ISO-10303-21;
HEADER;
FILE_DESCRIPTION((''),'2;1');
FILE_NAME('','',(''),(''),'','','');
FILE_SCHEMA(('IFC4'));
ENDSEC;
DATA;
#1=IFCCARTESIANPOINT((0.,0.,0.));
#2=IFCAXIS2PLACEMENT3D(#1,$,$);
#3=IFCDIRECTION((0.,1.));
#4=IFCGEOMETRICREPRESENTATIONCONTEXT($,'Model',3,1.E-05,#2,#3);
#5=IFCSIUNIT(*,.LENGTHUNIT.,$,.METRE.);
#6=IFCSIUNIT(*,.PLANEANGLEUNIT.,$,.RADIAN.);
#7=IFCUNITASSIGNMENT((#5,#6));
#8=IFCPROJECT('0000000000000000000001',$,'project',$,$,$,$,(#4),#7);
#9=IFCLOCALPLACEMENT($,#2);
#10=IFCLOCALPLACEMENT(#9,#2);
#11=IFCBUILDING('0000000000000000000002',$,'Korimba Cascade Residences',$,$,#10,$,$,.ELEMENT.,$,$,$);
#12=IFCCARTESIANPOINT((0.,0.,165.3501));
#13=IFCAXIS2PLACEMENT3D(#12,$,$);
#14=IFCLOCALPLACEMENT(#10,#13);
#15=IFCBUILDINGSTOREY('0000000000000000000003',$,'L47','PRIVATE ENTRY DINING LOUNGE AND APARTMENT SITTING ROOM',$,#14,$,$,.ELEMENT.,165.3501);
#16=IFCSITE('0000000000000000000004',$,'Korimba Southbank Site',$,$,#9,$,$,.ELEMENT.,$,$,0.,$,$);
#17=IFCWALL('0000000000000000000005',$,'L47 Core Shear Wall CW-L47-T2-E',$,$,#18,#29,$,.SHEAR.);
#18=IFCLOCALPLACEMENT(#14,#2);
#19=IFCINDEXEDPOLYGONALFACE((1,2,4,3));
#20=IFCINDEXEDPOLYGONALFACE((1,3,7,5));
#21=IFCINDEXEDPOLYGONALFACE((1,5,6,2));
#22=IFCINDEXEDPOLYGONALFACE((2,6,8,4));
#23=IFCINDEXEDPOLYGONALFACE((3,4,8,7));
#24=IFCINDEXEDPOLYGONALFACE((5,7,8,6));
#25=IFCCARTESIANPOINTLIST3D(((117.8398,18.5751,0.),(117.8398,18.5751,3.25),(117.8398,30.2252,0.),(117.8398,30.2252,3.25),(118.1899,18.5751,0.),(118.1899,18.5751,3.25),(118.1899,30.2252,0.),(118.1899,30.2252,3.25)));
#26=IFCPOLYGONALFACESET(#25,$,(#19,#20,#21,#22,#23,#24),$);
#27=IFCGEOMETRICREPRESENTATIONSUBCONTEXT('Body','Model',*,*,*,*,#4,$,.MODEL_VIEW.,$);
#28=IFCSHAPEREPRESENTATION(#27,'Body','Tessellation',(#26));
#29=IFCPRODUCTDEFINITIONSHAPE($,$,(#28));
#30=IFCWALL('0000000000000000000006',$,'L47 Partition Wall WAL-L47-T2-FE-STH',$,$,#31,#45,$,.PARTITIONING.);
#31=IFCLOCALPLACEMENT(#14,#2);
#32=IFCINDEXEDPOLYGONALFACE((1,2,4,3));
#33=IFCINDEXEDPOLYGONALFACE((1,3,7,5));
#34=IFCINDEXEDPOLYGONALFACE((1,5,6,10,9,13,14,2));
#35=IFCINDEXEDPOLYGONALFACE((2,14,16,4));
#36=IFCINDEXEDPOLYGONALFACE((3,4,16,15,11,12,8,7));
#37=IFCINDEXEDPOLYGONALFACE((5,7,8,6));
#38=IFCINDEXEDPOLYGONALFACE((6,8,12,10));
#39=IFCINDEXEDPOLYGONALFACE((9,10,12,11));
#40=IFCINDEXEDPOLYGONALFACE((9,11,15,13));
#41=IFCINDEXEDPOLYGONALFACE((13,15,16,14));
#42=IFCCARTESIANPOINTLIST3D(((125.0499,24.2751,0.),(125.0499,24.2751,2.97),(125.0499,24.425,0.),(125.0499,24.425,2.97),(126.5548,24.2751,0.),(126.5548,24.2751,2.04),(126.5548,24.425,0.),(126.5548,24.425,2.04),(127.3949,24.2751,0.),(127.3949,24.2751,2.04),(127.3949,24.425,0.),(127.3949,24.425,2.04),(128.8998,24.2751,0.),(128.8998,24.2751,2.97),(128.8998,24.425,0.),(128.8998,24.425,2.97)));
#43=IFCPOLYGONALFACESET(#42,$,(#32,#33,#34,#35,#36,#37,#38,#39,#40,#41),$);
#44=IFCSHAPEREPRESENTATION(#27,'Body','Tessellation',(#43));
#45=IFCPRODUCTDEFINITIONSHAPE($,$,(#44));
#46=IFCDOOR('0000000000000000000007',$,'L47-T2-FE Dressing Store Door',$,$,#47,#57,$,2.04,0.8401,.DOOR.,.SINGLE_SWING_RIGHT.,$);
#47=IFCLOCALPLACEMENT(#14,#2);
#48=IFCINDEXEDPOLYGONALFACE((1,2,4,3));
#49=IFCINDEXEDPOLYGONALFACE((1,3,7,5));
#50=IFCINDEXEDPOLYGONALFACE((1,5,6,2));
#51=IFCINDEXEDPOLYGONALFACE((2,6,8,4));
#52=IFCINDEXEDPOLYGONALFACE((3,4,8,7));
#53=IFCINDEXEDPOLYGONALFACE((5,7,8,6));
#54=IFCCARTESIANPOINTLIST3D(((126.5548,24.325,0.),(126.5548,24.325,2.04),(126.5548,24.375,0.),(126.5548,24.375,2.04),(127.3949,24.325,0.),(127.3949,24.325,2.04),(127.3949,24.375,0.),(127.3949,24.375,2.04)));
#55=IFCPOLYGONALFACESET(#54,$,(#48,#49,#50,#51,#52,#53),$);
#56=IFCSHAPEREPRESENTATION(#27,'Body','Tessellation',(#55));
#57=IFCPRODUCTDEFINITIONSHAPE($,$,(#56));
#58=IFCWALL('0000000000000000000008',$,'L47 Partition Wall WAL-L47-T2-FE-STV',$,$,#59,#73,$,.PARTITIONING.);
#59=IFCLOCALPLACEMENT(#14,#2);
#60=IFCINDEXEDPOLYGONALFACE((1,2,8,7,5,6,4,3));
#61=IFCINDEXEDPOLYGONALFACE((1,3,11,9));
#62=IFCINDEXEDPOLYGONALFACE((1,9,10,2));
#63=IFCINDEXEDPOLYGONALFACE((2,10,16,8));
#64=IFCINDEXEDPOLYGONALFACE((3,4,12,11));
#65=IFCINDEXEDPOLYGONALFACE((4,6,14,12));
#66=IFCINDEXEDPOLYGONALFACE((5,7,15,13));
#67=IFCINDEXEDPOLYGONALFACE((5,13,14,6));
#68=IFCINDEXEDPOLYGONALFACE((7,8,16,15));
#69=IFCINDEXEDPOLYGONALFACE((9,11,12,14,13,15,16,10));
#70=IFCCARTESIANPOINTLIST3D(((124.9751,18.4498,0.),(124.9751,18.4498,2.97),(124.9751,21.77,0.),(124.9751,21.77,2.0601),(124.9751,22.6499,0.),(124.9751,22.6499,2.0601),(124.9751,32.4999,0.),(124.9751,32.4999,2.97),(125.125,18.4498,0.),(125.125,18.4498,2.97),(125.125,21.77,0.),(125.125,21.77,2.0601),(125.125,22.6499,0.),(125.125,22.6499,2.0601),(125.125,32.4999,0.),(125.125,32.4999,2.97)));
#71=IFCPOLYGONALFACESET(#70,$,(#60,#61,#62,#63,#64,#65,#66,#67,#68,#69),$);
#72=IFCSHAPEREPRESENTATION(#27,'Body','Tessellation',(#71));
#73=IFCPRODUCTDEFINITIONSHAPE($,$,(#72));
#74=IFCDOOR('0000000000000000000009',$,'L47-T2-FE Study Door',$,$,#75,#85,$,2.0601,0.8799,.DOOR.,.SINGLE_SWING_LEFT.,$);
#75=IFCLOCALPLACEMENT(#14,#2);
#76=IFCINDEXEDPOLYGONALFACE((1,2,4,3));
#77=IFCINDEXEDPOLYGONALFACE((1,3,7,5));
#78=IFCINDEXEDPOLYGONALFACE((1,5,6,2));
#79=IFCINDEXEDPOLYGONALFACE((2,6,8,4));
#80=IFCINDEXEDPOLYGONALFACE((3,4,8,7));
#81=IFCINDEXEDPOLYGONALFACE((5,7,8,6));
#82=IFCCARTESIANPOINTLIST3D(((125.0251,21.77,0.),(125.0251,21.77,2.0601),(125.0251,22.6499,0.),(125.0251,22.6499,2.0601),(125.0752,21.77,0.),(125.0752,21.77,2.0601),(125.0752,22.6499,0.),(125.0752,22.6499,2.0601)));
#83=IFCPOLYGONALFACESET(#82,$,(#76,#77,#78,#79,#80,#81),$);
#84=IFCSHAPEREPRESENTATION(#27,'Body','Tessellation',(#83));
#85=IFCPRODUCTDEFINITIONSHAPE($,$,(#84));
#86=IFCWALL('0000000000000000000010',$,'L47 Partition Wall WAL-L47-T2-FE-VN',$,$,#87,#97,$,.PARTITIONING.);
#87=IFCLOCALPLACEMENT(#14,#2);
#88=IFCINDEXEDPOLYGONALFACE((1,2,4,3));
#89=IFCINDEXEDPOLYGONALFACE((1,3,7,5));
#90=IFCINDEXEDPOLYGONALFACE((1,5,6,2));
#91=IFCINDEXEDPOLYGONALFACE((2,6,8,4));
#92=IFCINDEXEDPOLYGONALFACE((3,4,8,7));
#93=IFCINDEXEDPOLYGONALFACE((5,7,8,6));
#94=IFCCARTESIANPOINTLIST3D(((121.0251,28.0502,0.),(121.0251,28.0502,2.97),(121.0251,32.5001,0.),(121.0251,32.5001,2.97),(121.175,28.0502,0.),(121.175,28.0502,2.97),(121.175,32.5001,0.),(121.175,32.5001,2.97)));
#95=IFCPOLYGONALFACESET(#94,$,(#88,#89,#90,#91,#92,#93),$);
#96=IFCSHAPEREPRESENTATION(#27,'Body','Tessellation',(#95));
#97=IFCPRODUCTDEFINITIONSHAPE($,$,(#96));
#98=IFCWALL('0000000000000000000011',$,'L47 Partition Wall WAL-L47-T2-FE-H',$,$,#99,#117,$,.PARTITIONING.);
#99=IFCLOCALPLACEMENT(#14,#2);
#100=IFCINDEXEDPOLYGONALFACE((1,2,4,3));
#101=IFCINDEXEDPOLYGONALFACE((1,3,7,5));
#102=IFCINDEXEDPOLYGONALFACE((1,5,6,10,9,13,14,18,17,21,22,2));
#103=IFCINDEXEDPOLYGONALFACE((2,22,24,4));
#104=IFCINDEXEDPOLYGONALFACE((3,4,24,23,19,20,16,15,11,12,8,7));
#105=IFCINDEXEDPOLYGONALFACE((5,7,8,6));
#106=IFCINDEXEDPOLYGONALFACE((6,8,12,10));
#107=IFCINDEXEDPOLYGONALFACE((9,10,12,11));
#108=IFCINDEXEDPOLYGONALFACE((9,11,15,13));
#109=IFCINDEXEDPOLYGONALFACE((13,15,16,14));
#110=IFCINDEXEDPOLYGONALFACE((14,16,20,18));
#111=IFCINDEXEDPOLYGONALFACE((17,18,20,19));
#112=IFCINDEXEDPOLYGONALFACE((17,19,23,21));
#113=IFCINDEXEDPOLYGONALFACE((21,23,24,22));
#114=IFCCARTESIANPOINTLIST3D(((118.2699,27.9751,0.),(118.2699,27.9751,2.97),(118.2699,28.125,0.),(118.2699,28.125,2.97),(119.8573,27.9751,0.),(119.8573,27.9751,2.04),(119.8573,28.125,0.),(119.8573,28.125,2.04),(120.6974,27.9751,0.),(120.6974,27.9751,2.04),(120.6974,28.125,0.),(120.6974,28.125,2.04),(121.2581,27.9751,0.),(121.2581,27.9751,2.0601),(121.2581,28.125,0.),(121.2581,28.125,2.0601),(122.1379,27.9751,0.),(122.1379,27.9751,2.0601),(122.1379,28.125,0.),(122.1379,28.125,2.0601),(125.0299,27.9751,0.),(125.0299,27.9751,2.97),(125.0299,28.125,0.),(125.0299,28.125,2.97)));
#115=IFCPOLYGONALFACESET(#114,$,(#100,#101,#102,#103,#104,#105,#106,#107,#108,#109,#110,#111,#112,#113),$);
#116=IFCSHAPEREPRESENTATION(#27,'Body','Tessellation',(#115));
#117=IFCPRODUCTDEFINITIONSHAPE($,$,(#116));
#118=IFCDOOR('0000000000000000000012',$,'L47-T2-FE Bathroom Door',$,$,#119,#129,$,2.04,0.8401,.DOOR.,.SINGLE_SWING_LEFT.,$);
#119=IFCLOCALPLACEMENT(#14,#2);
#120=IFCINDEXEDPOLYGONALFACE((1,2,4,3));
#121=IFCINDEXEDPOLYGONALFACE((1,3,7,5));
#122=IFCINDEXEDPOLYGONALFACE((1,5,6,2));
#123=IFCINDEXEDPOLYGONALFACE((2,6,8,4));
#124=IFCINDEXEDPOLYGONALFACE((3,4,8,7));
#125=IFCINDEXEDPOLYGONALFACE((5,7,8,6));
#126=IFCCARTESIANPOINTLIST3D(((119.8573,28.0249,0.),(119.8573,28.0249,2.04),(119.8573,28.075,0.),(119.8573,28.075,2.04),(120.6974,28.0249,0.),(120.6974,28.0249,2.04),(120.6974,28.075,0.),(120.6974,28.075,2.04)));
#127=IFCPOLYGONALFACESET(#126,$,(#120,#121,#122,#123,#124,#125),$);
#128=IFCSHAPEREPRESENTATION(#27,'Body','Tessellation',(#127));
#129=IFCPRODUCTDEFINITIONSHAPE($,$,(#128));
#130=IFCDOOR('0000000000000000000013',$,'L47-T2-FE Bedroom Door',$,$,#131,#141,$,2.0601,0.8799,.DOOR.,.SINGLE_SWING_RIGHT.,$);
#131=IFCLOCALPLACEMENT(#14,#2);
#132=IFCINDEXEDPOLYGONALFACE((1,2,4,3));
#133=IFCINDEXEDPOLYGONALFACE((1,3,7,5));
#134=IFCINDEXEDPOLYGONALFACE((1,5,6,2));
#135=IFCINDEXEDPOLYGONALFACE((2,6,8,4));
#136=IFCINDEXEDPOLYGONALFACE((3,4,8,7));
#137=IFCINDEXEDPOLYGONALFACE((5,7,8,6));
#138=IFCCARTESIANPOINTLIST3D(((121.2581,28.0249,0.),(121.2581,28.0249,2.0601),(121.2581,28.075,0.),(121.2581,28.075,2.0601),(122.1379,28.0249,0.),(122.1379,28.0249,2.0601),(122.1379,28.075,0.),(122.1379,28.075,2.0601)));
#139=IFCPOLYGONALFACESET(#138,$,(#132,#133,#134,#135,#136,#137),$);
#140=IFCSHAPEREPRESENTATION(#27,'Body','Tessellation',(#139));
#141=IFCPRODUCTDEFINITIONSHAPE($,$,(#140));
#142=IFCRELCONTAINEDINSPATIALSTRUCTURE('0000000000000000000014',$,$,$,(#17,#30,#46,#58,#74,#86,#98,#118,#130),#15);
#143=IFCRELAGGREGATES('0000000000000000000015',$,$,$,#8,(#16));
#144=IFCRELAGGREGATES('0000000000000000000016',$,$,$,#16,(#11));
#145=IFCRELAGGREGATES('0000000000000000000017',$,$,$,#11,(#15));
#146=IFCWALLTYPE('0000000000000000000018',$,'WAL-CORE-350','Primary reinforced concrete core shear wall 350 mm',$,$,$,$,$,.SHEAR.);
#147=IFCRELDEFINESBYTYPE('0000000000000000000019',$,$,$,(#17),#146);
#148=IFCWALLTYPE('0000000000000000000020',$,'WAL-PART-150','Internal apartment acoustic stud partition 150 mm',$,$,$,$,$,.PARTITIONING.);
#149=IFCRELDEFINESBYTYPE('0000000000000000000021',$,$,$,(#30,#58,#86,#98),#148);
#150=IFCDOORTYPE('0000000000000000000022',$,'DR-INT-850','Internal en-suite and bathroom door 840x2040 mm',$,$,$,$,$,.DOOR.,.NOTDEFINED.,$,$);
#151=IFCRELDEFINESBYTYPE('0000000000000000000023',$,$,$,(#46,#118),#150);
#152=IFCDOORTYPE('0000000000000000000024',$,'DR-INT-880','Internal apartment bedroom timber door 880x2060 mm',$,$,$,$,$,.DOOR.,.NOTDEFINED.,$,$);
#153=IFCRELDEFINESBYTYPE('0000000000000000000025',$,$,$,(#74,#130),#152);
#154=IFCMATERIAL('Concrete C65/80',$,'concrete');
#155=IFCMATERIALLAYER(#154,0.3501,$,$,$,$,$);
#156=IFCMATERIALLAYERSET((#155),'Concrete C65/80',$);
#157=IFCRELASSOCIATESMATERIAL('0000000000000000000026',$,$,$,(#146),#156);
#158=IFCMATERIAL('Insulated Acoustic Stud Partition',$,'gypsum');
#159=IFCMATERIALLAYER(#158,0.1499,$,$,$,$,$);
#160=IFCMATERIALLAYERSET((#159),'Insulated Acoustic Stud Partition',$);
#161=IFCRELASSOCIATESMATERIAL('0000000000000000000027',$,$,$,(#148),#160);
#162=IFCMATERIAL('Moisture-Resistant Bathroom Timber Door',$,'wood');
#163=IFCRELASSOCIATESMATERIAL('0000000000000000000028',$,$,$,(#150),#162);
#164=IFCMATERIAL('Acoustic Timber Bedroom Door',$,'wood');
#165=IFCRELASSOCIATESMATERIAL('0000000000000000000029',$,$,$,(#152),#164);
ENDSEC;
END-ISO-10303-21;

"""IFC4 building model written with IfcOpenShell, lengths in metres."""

from ifc_helpers import new_model, si_unit, direction, frame, frame_2d, origin, place, context, subcontext, project, spatial, rectangle, extrude, material, layer, layer_set, type_object, element, fill, save


model = new_model("IFC4")

# Units and contexts
model_context = context("Model", 3, precision=1e-05, world=origin(), true_north=direction((0.0, 1.0)))
body_context = subcontext(model_context, "Body", "Model", "MODEL_VIEW")
ifc_project = project(units=[si_unit("LENGTHUNIT", "METRE"), si_unit("PLANEANGLEUNIT", "RADIAN")], contexts=[model_context])

# Site, building, storey
site_placement = place(None, origin())
site = spatial("IfcSite", under=ifc_project, at=site_placement, Name="Korimba Southbank Site", CompositionType="ELEMENT", RefElevation=0.0)
building_placement = place(site_placement, origin())
building = spatial("IfcBuilding", under=site, at=building_placement, Name="Korimba Cascade Residences", CompositionType="ELEMENT")
storey_placement = place(building_placement, frame((0.0, 0.0, 165.3501)))
storey = spatial("IfcBuildingStorey", under=building, at=storey_placement, Name="L47", Description="PRIVATE ENTRY DINING LOUNGE AND APARTMENT SITTING ROOM", CompositionType="ELEMENT", Elevation=165.3501)

# Wall
ifc_material_1 = material(Name="Concrete C65/80", Category="concrete")
ifc_layer_1 = layer(ifc_material_1, 0.3501)
ifc_layer_set_1 = layer_set([ifc_layer_1], Name="Concrete C65/80")
wall_type_1 = type_object("IfcWallType", Name="WAL-CORE-350", Description="Primary reinforced concrete core shear wall 350 mm", PredefinedType="SHEAR", material=ifc_layer_set_1)
wall_1_placement = place(storey_placement, frame((118.0149, 18.575, 0.0), z_axis=(0.0, 0.0, 1.0), x_axis=(0.0, 1.0, 0.0)))
element("IfcWall", 1, at=wall_1_placement, inside=storey, type_object=wall_type_1, Name="L47 Core Shear Wall CW-L47-T2-E", PredefinedType="SHEAR", context=body_context, shape_type="SweptSolid", body=[
    extrude(rectangle(XDim=11.6501, YDim=0.3501, at=frame_2d((5.8252, 0.0))), origin(), (0.0, 0.0, 1.0), 3.25),
])

# Walls, openings, doors
ifc_material_2 = material(Name="Insulated Acoustic Stud Partition", Category="gypsum")
ifc_layer_2 = layer(ifc_material_2, 0.1499)
ifc_layer_set_2 = layer_set([ifc_layer_2], Name="Insulated Acoustic Stud Partition")
wall_type_2 = type_object("IfcWallType", Name="WAL-PART-150", Description="Internal apartment acoustic stud partition 150 mm", PredefinedType="PARTITIONING", material=ifc_layer_set_2)
wall_2_placement = place(storey_placement, frame((125.05, 24.3501, 0.0), z_axis=(0.0, 0.0, 1.0), x_axis=(1.0, 0.0, 0.0)))
wall_2 = element("IfcWall", 2, at=wall_2_placement, inside=storey, type_object=wall_type_2, Name="L47 Partition Wall WAL-L47-T2-FE-STH", PredefinedType="PARTITIONING", context=body_context, shape_type="SweptSolid", body=[
    extrude(rectangle(XDim=3.8499, YDim=0.1499, at=frame_2d((1.9248, 0.0))), origin(), (0.0, 0.0, 1.0), 2.97),
])
opening_1_placement = place(wall_2_placement, frame((1.5049, 0.0, 0.0)))
opening_1 = element("IfcOpeningElement", 3, at=opening_1_placement, cuts=wall_2, PredefinedType="OPENING", context=body_context, shape_type="SweptSolid", body=[
    extrude(rectangle(XDim=0.8401, YDim=2.04, at=frame_2d((0.4199, 1.02))), frame((0.0, 0.085, 0.0), z_axis=(0.0, -1.0, 0.0), x_axis=(1.0, 0.0, 0.0)), (0.0, 0.0, 1.0), 0.1699),
])
ifc_material_3 = material(Name="Moisture-Resistant Bathroom Timber Door", Category="wood")
door_type_1 = type_object("IfcDoorType", Name="DR-INT-850", Description="Internal en-suite and bathroom door 840x2040 mm", OperationType="NOTDEFINED", PredefinedType="DOOR", material=ifc_material_3)
door_1_placement = place(opening_1_placement, origin())
door_1 = element("IfcDoor", 4, at=door_1_placement, inside=storey, type_object=door_type_1, Name="L47-T2-FE Dressing Store Door", OperationType="SINGLE_SWING_RIGHT", OverallHeight=2.04, OverallWidth=0.8401, PredefinedType="DOOR", context=body_context, shape_type="SweptSolid", body=[
    extrude(rectangle(XDim=0.8401, YDim=2.04, at=frame_2d((0.4199, 1.02))), frame((0.0, 0.0249, 0.0), z_axis=(0.0, -1.0, 0.0), x_axis=(1.0, 0.0, 0.0)), (0.0, 0.0, 1.0), 0.05),
])
fill(opening_1, door_1)
wall_3_placement = place(storey_placement, frame((125.05, 18.45, 0.0), z_axis=(0.0, 0.0, 1.0), x_axis=(0.0, 1.0, 0.0)))
wall_3 = element("IfcWall", 5, at=wall_3_placement, inside=storey, type_object=wall_type_2, Name="L47 Partition Wall WAL-L47-T2-FE-STV", PredefinedType="PARTITIONING", context=body_context, shape_type="SweptSolid", body=[
    extrude(rectangle(XDim=14.05, YDim=0.1499, at=frame_2d((7.0249, 0.0))), origin(), (0.0, 0.0, 1.0), 2.97),
])
opening_2_placement = place(wall_3_placement, frame((3.3201, 0.0, 0.0)))
opening_2 = element("IfcOpeningElement", 6, at=opening_2_placement, cuts=wall_3, PredefinedType="OPENING", context=body_context, shape_type="SweptSolid", body=[
    extrude(rectangle(XDim=0.8799, YDim=2.0601, at=frame_2d((0.4399, 1.03))), frame((0.0, 0.085, 0.0), z_axis=(0.0, -1.0, 0.0), x_axis=(1.0, 0.0, 0.0)), (0.0, 0.0, 1.0), 0.1699),
])
ifc_material_4 = material(Name="Acoustic Timber Bedroom Door", Category="wood")
door_type_2 = type_object("IfcDoorType", Name="DR-INT-880", Description="Internal apartment bedroom timber door 880x2060 mm", OperationType="NOTDEFINED", PredefinedType="DOOR", material=ifc_material_4)
door_2_placement = place(opening_2_placement, origin())
door_2 = element("IfcDoor", 7, at=door_2_placement, inside=storey, type_object=door_type_2, Name="L47-T2-FE Study Door", OperationType="SINGLE_SWING_LEFT", OverallHeight=2.0601, OverallWidth=0.8799, PredefinedType="DOOR", context=body_context, shape_type="SweptSolid", body=[
    extrude(rectangle(XDim=0.8799, YDim=2.0601, at=frame_2d((0.4399, 1.03))), frame((0.0, 0.0249, 0.0), z_axis=(0.0, -1.0, 0.0), x_axis=(1.0, 0.0, 0.0)), (0.0, 0.0, 1.0), 0.05),
])
fill(opening_2, door_2)

# Wall
wall_4_placement = place(storey_placement, frame((121.1001, 28.05, 0.0), z_axis=(0.0, 0.0, 1.0), x_axis=(0.0, 1.0, 0.0)))
element("IfcWall", 8, at=wall_4_placement, inside=storey, type_object=wall_type_2, Name="L47 Partition Wall WAL-L47-T2-FE-VN", PredefinedType="PARTITIONING", context=body_context, shape_type="SweptSolid", body=[
    extrude(rectangle(XDim=4.45, YDim=0.1499, at=frame_2d((2.2251, 0.0))), origin(), (0.0, 0.0, 1.0), 2.97),
])

# Wall, openings, doors
wall_5_placement = place(storey_placement, frame((118.27, 28.05, 0.0), z_axis=(0.0, 0.0, 1.0), x_axis=(1.0, 0.0, 0.0)))
wall_5 = element("IfcWall", 9, at=wall_5_placement, inside=storey, type_object=wall_type_2, Name="L47 Partition Wall WAL-L47-T2-FE-H", PredefinedType="PARTITIONING", context=body_context, shape_type="SweptSolid", body=[
    extrude(rectangle(XDim=6.76, YDim=0.1499, at=frame_2d((3.3799, 0.0))), origin(), (0.0, 0.0, 1.0), 2.97),
])
opening_3_placement = place(wall_5_placement, frame((1.5874, 0.0, 0.0)))
opening_3 = element("IfcOpeningElement", 10, at=opening_3_placement, cuts=wall_5, PredefinedType="OPENING", context=body_context, shape_type="SweptSolid", body=[
    extrude(rectangle(XDim=0.8401, YDim=2.04, at=frame_2d((0.4199, 1.02))), frame((0.0, 0.085, 0.0), z_axis=(0.0, -1.0, 0.0), x_axis=(1.0, 0.0, 0.0)), (0.0, 0.0, 1.0), 0.1699),
])
opening_4_placement = place(wall_5_placement, frame((2.988, 0.0, 0.0)))
opening_4 = element("IfcOpeningElement", 11, at=opening_4_placement, cuts=wall_5, PredefinedType="OPENING", context=body_context, shape_type="SweptSolid", body=[
    extrude(rectangle(XDim=0.8799, YDim=2.0601, at=frame_2d((0.4399, 1.03))), frame((0.0, 0.085, 0.0), z_axis=(0.0, -1.0, 0.0), x_axis=(1.0, 0.0, 0.0)), (0.0, 0.0, 1.0), 0.1699),
])
door_3_placement = place(opening_3_placement, origin())
door_3 = element("IfcDoor", 12, at=door_3_placement, inside=storey, type_object=door_type_1, Name="L47-T2-FE Bathroom Door", OperationType="SINGLE_SWING_LEFT", OverallHeight=2.04, OverallWidth=0.8401, PredefinedType="DOOR", context=body_context, shape_type="SweptSolid", body=[
    extrude(rectangle(XDim=0.8401, YDim=2.04, at=frame_2d((0.4199, 1.02))), frame((0.0, 0.0249, 0.0), z_axis=(0.0, -1.0, 0.0), x_axis=(1.0, 0.0, 0.0)), (0.0, 0.0, 1.0), 0.05),
])
fill(opening_3, door_3)
door_4_placement = place(opening_4_placement, origin())
door_4 = element("IfcDoor", 13, at=door_4_placement, inside=storey, type_object=door_type_2, Name="L47-T2-FE Bedroom Door", OperationType="SINGLE_SWING_RIGHT", OverallHeight=2.0601, OverallWidth=0.8799, PredefinedType="DOOR", context=body_context, shape_type="SweptSolid", body=[
    extrude(rectangle(XDim=0.8799, YDim=2.0601, at=frame_2d((0.4399, 1.03))), frame((0.0, 0.0249, 0.0), z_axis=(0.0, -1.0, 0.0), x_axis=(1.0, 0.0, 0.0)), (0.0, 0.0, 1.0), 0.05),
])
fill(opening_4, door_4)

save(model, "model.ifc")
